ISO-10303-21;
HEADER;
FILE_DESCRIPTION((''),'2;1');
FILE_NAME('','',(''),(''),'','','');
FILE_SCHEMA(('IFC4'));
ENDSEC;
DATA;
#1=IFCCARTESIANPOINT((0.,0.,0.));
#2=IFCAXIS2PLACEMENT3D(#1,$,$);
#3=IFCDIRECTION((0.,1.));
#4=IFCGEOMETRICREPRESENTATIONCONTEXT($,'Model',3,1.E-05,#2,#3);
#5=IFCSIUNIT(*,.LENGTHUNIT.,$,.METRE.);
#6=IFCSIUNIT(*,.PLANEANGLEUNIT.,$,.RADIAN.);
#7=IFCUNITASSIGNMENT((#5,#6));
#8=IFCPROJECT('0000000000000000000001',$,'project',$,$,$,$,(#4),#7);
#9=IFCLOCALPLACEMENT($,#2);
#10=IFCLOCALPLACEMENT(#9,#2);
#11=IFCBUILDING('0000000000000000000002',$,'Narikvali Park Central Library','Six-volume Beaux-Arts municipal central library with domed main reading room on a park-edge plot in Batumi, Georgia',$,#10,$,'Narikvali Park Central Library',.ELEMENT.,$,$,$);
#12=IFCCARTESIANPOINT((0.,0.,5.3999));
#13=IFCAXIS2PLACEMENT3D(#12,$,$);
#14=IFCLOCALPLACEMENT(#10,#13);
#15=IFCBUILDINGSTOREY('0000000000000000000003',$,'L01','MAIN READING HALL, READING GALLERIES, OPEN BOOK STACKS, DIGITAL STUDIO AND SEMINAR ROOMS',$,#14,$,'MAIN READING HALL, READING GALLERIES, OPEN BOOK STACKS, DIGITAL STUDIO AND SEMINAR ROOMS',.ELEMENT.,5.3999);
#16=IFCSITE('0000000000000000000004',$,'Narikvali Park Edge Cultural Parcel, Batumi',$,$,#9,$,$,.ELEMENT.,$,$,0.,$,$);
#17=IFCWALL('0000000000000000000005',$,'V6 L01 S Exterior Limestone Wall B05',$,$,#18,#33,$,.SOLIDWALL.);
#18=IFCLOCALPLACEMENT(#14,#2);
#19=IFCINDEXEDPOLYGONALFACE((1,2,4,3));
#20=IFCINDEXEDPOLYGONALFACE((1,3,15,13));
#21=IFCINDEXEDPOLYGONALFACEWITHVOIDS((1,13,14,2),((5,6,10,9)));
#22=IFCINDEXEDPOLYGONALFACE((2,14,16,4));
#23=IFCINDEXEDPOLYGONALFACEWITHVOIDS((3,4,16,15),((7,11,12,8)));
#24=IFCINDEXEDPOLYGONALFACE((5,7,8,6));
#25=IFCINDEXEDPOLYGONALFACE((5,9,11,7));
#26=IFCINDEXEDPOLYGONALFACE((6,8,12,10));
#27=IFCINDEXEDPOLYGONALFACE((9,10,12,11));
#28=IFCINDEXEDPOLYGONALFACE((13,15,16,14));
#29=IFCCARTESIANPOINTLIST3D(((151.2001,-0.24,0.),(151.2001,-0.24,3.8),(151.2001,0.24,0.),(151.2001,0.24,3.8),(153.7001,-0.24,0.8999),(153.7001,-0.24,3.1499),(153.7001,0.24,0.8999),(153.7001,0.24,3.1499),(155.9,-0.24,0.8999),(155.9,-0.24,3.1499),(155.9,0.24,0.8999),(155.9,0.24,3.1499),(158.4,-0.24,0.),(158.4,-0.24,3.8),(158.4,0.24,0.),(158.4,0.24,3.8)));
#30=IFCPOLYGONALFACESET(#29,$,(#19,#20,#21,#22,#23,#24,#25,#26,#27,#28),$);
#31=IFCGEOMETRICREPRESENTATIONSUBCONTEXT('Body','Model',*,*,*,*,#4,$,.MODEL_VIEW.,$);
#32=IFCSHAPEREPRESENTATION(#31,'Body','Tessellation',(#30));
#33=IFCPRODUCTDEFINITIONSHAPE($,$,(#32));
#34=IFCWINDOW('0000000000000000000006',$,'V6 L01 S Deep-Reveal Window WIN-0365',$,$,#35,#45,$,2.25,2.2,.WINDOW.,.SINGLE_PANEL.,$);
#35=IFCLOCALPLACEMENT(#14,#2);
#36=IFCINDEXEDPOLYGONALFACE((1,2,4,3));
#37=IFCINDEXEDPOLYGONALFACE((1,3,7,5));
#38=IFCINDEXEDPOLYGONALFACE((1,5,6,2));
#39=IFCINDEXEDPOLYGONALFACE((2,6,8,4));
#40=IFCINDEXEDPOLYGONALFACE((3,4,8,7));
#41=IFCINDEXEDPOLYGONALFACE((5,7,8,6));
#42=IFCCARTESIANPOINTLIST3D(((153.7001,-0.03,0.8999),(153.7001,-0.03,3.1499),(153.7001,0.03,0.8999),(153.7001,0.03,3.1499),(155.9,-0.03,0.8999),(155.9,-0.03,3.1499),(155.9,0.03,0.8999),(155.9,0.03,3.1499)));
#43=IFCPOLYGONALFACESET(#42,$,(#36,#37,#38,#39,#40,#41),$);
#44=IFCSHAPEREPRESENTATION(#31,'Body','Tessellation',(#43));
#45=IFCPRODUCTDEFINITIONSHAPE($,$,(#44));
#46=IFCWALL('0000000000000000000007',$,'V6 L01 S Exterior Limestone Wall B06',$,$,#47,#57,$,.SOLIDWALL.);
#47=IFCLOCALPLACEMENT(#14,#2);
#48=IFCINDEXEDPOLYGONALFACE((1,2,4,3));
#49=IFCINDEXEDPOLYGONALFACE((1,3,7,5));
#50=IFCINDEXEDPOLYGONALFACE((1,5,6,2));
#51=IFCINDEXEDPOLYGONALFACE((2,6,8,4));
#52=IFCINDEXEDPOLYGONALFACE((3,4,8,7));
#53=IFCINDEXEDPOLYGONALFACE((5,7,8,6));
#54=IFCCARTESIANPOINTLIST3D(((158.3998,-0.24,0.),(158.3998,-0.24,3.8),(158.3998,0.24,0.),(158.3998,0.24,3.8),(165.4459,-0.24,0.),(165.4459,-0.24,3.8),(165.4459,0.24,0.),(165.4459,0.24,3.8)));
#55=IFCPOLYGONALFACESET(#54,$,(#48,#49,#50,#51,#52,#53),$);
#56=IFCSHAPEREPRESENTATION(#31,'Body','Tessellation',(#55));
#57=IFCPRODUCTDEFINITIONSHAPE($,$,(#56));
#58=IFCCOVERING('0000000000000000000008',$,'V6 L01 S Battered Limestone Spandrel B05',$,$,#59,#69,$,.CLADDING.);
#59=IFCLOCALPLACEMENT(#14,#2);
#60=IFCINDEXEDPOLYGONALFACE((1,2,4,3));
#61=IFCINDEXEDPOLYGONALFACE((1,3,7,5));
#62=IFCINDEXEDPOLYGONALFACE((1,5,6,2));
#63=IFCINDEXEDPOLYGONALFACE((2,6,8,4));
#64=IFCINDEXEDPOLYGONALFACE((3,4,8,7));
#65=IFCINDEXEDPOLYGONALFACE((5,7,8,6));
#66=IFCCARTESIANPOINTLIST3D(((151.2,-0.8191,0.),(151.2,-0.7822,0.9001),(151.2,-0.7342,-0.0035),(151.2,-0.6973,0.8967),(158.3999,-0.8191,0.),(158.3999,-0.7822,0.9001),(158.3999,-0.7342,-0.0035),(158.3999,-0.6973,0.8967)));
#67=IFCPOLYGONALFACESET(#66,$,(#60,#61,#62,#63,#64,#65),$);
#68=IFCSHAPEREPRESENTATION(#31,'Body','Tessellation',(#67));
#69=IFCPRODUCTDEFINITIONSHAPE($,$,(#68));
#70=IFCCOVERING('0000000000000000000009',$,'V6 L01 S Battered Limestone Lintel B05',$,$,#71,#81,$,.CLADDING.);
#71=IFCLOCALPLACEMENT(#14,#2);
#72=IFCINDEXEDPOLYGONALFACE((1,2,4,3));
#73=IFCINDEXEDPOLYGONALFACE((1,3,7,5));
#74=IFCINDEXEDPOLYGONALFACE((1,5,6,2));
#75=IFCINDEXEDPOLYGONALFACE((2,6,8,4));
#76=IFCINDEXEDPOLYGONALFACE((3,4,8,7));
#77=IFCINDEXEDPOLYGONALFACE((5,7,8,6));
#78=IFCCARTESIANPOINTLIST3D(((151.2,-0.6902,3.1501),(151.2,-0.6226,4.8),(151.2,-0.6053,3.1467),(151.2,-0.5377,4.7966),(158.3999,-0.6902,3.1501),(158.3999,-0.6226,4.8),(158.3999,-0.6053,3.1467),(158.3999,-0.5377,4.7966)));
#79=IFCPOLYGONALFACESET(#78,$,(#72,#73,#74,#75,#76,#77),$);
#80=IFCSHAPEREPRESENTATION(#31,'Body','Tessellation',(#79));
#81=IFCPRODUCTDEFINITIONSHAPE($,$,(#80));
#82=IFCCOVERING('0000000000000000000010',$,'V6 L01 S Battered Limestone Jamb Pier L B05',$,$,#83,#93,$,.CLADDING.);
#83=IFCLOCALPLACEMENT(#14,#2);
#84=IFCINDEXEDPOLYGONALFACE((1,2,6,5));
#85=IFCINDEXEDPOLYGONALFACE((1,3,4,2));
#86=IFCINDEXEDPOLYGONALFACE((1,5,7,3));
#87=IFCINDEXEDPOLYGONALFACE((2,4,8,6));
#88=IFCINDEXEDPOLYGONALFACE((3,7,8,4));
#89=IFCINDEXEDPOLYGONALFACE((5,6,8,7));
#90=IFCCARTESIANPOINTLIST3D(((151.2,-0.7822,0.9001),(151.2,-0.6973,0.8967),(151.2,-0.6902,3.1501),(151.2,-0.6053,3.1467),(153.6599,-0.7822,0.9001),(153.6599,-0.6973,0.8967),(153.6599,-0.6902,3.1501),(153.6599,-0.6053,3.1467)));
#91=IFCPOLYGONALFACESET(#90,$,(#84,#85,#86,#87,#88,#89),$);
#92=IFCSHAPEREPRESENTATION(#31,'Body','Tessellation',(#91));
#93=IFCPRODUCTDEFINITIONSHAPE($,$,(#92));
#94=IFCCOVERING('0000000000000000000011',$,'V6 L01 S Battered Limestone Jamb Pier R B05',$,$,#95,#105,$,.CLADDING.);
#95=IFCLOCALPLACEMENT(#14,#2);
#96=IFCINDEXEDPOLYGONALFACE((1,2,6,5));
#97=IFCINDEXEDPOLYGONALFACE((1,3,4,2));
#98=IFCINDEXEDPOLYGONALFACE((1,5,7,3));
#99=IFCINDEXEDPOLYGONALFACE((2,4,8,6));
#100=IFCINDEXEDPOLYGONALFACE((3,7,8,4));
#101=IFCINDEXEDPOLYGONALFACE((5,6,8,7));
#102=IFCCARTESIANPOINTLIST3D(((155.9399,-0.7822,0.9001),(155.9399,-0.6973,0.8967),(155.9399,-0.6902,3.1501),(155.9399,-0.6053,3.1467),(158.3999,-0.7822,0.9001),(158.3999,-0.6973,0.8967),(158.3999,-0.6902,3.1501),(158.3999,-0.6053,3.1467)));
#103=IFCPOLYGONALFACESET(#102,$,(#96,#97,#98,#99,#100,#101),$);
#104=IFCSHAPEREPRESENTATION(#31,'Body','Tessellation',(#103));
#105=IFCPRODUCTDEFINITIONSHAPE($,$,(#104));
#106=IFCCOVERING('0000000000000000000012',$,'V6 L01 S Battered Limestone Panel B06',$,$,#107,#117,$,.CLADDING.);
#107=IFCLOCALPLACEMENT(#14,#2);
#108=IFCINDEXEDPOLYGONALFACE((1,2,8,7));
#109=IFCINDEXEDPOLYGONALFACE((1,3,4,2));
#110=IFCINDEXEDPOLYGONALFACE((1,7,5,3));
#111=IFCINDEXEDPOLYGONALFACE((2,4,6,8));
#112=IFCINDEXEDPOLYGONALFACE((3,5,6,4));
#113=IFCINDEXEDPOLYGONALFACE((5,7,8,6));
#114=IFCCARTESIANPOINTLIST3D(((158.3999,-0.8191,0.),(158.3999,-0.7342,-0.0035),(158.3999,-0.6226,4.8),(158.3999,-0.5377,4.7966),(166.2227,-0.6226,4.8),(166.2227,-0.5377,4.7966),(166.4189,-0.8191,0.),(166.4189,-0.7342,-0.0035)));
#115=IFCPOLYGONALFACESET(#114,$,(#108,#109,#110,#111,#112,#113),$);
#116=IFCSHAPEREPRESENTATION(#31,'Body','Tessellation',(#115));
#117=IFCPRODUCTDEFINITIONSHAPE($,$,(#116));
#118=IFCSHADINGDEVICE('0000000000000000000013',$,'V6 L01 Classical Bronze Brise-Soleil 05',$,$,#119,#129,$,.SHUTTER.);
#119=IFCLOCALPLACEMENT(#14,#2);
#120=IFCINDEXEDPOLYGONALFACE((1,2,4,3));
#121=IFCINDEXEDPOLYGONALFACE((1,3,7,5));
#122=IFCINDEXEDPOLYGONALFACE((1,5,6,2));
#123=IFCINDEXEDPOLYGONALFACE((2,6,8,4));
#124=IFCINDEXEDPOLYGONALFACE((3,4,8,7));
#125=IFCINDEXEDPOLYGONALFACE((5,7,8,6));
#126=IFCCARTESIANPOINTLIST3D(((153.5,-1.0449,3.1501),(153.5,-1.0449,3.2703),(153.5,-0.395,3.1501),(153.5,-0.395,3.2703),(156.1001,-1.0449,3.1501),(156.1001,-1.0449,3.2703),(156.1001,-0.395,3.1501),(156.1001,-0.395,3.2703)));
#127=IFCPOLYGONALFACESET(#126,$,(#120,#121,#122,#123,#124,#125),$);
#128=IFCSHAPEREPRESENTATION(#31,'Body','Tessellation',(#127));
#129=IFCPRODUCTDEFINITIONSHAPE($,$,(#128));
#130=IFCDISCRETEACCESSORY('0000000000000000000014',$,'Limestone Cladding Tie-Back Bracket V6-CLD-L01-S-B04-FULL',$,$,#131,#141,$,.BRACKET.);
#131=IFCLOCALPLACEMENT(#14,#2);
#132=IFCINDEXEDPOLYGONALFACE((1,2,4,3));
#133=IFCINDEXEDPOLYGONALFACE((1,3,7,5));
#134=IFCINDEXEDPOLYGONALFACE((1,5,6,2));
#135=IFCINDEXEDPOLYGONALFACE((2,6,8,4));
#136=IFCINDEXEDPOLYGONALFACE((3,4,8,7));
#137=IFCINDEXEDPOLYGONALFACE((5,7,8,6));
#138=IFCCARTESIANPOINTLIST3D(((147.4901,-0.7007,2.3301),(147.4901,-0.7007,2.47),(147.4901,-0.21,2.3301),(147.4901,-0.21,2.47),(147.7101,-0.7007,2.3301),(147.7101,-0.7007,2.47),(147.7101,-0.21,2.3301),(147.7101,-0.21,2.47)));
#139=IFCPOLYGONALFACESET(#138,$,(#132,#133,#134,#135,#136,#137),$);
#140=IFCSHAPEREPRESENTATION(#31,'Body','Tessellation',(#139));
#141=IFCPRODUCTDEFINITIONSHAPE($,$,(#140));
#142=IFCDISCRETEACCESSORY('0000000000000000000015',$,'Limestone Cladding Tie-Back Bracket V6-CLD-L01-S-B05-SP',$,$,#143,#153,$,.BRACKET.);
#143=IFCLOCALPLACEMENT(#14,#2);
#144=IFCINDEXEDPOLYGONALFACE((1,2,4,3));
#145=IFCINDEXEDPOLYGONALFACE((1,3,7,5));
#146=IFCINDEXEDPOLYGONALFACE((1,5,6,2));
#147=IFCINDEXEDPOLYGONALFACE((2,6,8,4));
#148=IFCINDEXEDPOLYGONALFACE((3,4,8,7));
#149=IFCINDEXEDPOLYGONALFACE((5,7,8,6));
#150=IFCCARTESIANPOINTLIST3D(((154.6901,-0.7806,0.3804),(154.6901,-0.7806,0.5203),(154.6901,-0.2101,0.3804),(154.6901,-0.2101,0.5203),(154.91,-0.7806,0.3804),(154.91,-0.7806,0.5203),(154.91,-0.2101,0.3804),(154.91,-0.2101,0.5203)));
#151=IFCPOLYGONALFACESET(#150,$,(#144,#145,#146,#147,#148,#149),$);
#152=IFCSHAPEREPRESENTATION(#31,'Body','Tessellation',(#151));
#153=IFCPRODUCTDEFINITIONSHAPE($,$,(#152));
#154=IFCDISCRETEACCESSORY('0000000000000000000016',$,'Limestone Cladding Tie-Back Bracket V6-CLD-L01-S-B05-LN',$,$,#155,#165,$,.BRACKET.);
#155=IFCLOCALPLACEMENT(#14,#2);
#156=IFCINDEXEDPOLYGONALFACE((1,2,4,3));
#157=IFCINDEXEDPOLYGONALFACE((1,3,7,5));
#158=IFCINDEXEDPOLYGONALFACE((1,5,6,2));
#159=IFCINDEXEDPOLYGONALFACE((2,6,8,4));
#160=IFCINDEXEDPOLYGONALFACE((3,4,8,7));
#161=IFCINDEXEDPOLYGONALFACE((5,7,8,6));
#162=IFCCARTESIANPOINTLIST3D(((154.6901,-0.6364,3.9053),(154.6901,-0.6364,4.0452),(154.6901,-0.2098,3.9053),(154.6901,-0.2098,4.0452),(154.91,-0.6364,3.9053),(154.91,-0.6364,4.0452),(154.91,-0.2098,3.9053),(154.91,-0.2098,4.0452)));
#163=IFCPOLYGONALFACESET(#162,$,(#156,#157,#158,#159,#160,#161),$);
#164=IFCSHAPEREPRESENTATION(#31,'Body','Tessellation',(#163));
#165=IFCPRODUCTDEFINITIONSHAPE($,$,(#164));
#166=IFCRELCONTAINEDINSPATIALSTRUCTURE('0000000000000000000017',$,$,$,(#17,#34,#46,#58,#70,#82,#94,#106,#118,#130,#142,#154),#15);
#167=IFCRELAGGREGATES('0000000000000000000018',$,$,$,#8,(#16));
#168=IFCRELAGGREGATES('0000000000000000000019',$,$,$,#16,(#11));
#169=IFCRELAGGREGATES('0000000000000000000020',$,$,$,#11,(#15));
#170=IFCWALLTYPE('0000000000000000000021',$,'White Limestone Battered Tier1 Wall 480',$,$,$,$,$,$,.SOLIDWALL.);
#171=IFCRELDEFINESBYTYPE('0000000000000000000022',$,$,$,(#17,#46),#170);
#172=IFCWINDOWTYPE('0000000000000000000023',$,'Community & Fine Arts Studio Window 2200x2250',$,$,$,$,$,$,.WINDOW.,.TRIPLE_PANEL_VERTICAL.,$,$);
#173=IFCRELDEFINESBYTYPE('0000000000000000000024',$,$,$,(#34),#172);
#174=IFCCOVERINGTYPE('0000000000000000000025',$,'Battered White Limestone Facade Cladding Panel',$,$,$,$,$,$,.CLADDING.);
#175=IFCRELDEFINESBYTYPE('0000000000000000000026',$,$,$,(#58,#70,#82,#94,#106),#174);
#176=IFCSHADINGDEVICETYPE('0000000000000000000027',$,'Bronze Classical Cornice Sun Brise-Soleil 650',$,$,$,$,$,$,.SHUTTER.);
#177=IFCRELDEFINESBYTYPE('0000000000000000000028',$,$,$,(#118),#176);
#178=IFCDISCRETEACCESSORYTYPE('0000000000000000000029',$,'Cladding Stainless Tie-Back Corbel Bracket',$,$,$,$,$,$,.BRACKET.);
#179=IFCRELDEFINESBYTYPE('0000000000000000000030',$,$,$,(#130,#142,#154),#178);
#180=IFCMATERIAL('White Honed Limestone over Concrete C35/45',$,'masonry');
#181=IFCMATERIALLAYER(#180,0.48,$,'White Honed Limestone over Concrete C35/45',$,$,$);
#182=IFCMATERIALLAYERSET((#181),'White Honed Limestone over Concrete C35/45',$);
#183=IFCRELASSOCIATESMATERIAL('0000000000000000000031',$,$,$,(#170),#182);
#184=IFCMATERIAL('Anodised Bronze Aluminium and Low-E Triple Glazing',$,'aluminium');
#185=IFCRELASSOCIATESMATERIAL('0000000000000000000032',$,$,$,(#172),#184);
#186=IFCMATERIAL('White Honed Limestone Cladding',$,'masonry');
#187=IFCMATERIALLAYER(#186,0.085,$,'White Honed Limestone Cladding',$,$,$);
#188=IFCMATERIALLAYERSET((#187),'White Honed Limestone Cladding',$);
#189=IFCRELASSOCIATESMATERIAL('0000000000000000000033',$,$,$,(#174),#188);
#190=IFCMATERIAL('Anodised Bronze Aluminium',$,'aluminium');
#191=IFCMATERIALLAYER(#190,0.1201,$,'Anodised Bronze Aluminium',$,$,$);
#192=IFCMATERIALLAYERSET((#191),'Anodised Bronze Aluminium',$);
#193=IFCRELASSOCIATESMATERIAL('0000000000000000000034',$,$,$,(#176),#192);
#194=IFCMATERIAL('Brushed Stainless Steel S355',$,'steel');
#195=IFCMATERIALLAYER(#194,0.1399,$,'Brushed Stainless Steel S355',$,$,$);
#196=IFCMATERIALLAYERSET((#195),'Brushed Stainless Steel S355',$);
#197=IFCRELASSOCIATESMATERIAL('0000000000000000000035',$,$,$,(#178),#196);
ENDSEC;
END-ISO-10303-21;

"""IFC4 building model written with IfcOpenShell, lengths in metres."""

from ifc_helpers import new_model, si_unit, direction, frame, frame_2d, origin, origin_2d, place, context, subcontext, project, spatial, polyline, rectangle, outline, extrude, material, layer, layer_set, type_object, element, fill, save


model = new_model("IFC4")

# Units and contexts
model_context = context("Model", 3, precision=1e-05, world=origin(), true_north=direction((0.0, 1.0)))
body_context = subcontext(model_context, "Body", "Model", "MODEL_VIEW")
ifc_project = project(units=[si_unit("LENGTHUNIT", "METRE"), si_unit("PLANEANGLEUNIT", "RADIAN")], contexts=[model_context])

# Site, building, storey
site_placement = place(None, origin())
site = spatial("IfcSite", under=ifc_project, at=site_placement, Name="Narikvali Park Edge Cultural Parcel, Batumi", CompositionType="ELEMENT", RefElevation=0.0)
building_placement = place(site_placement, origin())
building = spatial("IfcBuilding", under=site, at=building_placement, Name="Narikvali Park Central Library", Description="Six-volume Beaux-Arts municipal central library with domed main reading room on a park-edge plot in Batumi, Georgia", LongName="Narikvali Park Central Library", CompositionType="ELEMENT")
storey_placement = place(building_placement, frame((0.0, 0.0, 5.3999)))
storey = spatial("IfcBuildingStorey", under=building, at=storey_placement, Name="L01", Description="MAIN READING HALL, READING GALLERIES, OPEN BOOK STACKS, DIGITAL STUDIO AND SEMINAR ROOMS", LongName="MAIN READING HALL, READING GALLERIES, OPEN BOOK STACKS, DIGITAL STUDIO AND SEMINAR ROOMS", CompositionType="ELEMENT", Elevation=5.3999)

# Wall, opening, window
ifc_material_1 = material(Name="White Honed Limestone over Concrete C35/45", Category="masonry")
ifc_layer_1 = layer(ifc_material_1, 0.48, Name="White Honed Limestone over Concrete C35/45")
ifc_layer_set_1 = layer_set([ifc_layer_1], Name="White Honed Limestone over Concrete C35/45")
wall_type_1 = type_object("IfcWallType", Name="White Limestone Battered Tier1 Wall 480", PredefinedType="SOLIDWALL", material=ifc_layer_set_1)
wall_1_placement = place(storey_placement, frame((151.2, 0.0, 0.0), z_axis=(0.0, 0.0, 1.0), x_axis=(1.0, 0.0, 0.0)))
wall_1 = element("IfcWall", 1, at=wall_1_placement, inside=storey, type_object=wall_type_1, Name="V6 L01 S Exterior Limestone Wall B05", PredefinedType="SOLIDWALL", context=body_context, shape_type="SweptSolid", body=[
    extrude(rectangle(XDim=7.2, YDim=0.48, at=frame_2d((3.6001, 0.0))), origin(), (0.0, 0.0, 1.0), 3.8),
])
opening_1_placement = place(wall_1_placement, frame((2.5, 0.0, 0.8999)))
opening_1 = element("IfcOpeningElement", 2, at=opening_1_placement, cuts=wall_1, PredefinedType="OPENING", context=body_context, shape_type="SweptSolid", body=[
    extrude(rectangle(XDim=2.2, YDim=2.25, at=frame_2d((1.1001, 1.125))), frame((0.0, 0.252, 0.0), z_axis=(0.0, -1.0, 0.0), x_axis=(1.0, 0.0, 0.0)), (0.0, 0.0, 1.0), 0.5039),
])
ifc_material_2 = material(Name="Anodised Bronze Aluminium and Low-E Triple Glazing", Category="aluminium")
window_type = type_object("IfcWindowType", Name="Community & Fine Arts Studio Window 2200x2250", PartitioningType="TRIPLE_PANEL_VERTICAL", PredefinedType="WINDOW", material=ifc_material_2)
window_placement = place(opening_1_placement, origin())
window = element("IfcWindow", 3, at=window_placement, inside=storey, type_object=window_type, Name="V6 L01 S Deep-Reveal Window WIN-0365", OverallHeight=2.25, OverallWidth=2.2, PartitioningType="SINGLE_PANEL", PredefinedType="WINDOW", context=body_context, shape_type="SweptSolid", body=[
    extrude(rectangle(XDim=2.2, YDim=2.25, at=frame_2d((1.1001, 1.125))), frame((0.0, 0.03, 0.0), z_axis=(0.0, -1.0, 0.0), x_axis=(1.0, 0.0, 0.0)), (0.0, 0.0, 1.0), 0.0601),
])
fill(opening_1, window)

# Wall
wall_2_placement = place(storey_placement, frame((158.3999, 0.0, 0.0), z_axis=(0.0, 0.0, 1.0), x_axis=(1.0, 0.0, 0.0)))
element("IfcWall", 4, at=wall_2_placement, inside=storey, type_object=wall_type_1, Name="V6 L01 S Exterior Limestone Wall B06", PredefinedType="SOLIDWALL", context=body_context, shape_type="SweptSolid", body=[
    extrude(rectangle(XDim=7.0461, YDim=0.48, at=frame_2d((3.5229, 0.0))), origin(), (0.0, 0.0, 1.0), 3.8),
])

# Coverings
ifc_material_3 = material(Name="White Honed Limestone Cladding", Category="masonry")
ifc_layer_2 = layer(ifc_material_3, 0.085, Name="White Honed Limestone Cladding")
ifc_layer_set_2 = layer_set([ifc_layer_2], Name="White Honed Limestone Cladding")
covering_type = type_object("IfcCoveringType", Name="Battered White Limestone Facade Cladding Panel", PredefinedType="CLADDING", material=ifc_layer_set_2)
covering_1_placement = place(storey_placement, frame((151.2, -0.8191, 0.0), z_axis=(0.0, -0.999162, 0.04092), x_axis=(1.0, 0.0, 0.0)))
element("IfcCovering", 5, at=covering_1_placement, inside=storey, type_object=covering_type, Name="V6 L01 S Battered Limestone Spandrel B05", PredefinedType="CLADDING", context=body_context, shape_type="SweptSolid", body=[
    extrude(outline(polyline([(0.0, 0.0), (7.2, 0.0), (7.2, 0.9009), (0.0, 0.9009), (0.0, 0.0)])), origin(), (0.0, 0.0, -1.0), 0.085),
])
covering_2_placement = place(storey_placement, frame((151.2, -0.6902, 3.1501), z_axis=(0.0, -0.999161, 0.040954), x_axis=(1.0, 0.0, 0.0)))
element("IfcCovering", 6, at=covering_2_placement, inside=storey, type_object=covering_type, Name="V6 L01 S Battered Limestone Lintel B05", PredefinedType="CLADDING", context=body_context, shape_type="SweptSolid", body=[
    extrude(outline(polyline([(0.0, 0.0), (7.2, 0.0), (7.2, 1.6513), (0.0, 1.6513), (0.0, 0.0)])), origin(), (0.0, 0.0, -1.0), 0.085),
])
for number, where, z_axis, x_axis, name in (
    (7, (151.2, -0.7822, 0.9001), (0.0, -0.999164, 0.040873), (1.0, 0.0, 0.0), "V6 L01 S Battered Limestone Jamb Pier L B05"),
    (8, (155.9399, -0.7822, 0.9001), (0.0, -0.999164, 0.040873), (1.0, 0.0, 0.0), "V6 L01 S Battered Limestone Jamb Pier R B05"),
):
    element("IfcCovering", number, at=place(storey_placement, frame(where, z_axis=z_axis, x_axis=x_axis)), inside=storey, type_object=covering_type, Name=name, PredefinedType="CLADDING", context=body_context, shape_type="SweptSolid", body=[
        extrude(outline(polyline([(0.0, 0.0), (2.46, 0.0), (2.46, 2.2519), (0.0, 2.2519), (0.0, 0.0)])), origin(), (0.0, 0.0, -1.0), 0.085),
    ])
covering_3_placement = place(storey_placement, frame((158.3999, -0.8191, 0.0), z_axis=(0.0, -0.999163, 0.04091), x_axis=(1.0, 0.0, 0.0)))
element("IfcCovering", 9, at=covering_3_placement, inside=storey, type_object=covering_type, Name="V6 L01 S Battered Limestone Panel B06", PredefinedType="CLADDING", context=body_context, shape_type="SweptSolid", body=[
    extrude(outline(polyline([(0.0, 0.0), (8.019, 0.0), (7.8228, 4.8041), (0.0, 4.8041), (0.0, 0.0)])), origin(), (0.0, 0.0, -1.0), 0.085),
])

# Shading device
ifc_material_4 = material(Name="Anodised Bronze Aluminium", Category="aluminium")
ifc_layer_3 = layer(ifc_material_4, 0.1201, Name="Anodised Bronze Aluminium")
ifc_layer_set_3 = layer_set([ifc_layer_3], Name="Anodised Bronze Aluminium")
shading_device_type = type_object("IfcShadingDeviceType", Name="Bronze Classical Cornice Sun Brise-Soleil 650", PredefinedType="SHUTTER", material=ifc_layer_set_3)
shading_device_placement = place(storey_placement, frame((154.8, -0.72, 3.1501), z_axis=(0.0, 0.0, 1.0), x_axis=(1.0, 0.0, 0.0)))
element("IfcShadingDevice", 10, at=shading_device_placement, inside=storey, type_object=shading_device_type, Name="V6 L01 Classical Bronze Brise-Soleil 05", PredefinedType="SHUTTER", context=body_context, shape_type="SweptSolid", body=[
    extrude(rectangle(XDim=2.6001, YDim=0.6499, at=origin_2d()), origin(), (0.0, 0.0, 1.0), 0.1201),
])

# Discrete accessories
ifc_material_5 = material(Name="Brushed Stainless Steel S355", Category="steel")
ifc_layer_4 = layer(ifc_material_5, 0.1399, Name="Brushed Stainless Steel S355")
ifc_layer_set_4 = layer_set([ifc_layer_4], Name="Brushed Stainless Steel S355")
discrete_accessory_type = type_object("IfcDiscreteAccessoryType", Name="Cladding Stainless Tie-Back Corbel Bracket", PredefinedType="BRACKET", material=ifc_layer_set_4)
discrete_accessory_1_placement = place(storey_placement, frame((147.6001, -0.4553, 2.3301), z_axis=(0.0, 0.0, 1.0), x_axis=(1.0, 0.0, 0.0)))
element("IfcDiscreteAccessory", 11, at=discrete_accessory_1_placement, inside=storey, type_object=discrete_accessory_type, Name="Limestone Cladding Tie-Back Bracket V6-CLD-L01-S-B04-FULL", PredefinedType="BRACKET", context=body_context, shape_type="SweptSolid", body=[
    extrude(rectangle(XDim=0.22, YDim=0.4907, at=origin_2d()), origin(), (0.0, 0.0, 1.0), 0.1399),
])
discrete_accessory_2_placement = place(storey_placement, frame((154.8, -0.4954, 0.3804), z_axis=(0.0, 0.0, 1.0), x_axis=(1.0, 0.0, 0.0)))
element("IfcDiscreteAccessory", 12, at=discrete_accessory_2_placement, inside=storey, type_object=discrete_accessory_type, Name="Limestone Cladding Tie-Back Bracket V6-CLD-L01-S-B05-SP", PredefinedType="BRACKET", context=body_context, shape_type="SweptSolid", body=[
    extrude(rectangle(XDim=0.22, YDim=0.5706, at=origin_2d()), origin(), (0.0, 0.0, 1.0), 0.1399),
])
discrete_accessory_3_placement = place(storey_placement, frame((154.8, -0.4231, 3.9053), z_axis=(0.0, 0.0, 1.0), x_axis=(1.0, 0.0, 0.0)))
element("IfcDiscreteAccessory", 13, at=discrete_accessory_3_placement, inside=storey, type_object=discrete_accessory_type, Name="Limestone Cladding Tie-Back Bracket V6-CLD-L01-S-B05-LN", PredefinedType="BRACKET", context=body_context, shape_type="SweptSolid", body=[
    extrude(rectangle(XDim=0.22, YDim=0.4265, at=origin_2d()), origin(), (0.0, 0.0, 1.0), 0.1399),
])

save(model, "model.ifc")
